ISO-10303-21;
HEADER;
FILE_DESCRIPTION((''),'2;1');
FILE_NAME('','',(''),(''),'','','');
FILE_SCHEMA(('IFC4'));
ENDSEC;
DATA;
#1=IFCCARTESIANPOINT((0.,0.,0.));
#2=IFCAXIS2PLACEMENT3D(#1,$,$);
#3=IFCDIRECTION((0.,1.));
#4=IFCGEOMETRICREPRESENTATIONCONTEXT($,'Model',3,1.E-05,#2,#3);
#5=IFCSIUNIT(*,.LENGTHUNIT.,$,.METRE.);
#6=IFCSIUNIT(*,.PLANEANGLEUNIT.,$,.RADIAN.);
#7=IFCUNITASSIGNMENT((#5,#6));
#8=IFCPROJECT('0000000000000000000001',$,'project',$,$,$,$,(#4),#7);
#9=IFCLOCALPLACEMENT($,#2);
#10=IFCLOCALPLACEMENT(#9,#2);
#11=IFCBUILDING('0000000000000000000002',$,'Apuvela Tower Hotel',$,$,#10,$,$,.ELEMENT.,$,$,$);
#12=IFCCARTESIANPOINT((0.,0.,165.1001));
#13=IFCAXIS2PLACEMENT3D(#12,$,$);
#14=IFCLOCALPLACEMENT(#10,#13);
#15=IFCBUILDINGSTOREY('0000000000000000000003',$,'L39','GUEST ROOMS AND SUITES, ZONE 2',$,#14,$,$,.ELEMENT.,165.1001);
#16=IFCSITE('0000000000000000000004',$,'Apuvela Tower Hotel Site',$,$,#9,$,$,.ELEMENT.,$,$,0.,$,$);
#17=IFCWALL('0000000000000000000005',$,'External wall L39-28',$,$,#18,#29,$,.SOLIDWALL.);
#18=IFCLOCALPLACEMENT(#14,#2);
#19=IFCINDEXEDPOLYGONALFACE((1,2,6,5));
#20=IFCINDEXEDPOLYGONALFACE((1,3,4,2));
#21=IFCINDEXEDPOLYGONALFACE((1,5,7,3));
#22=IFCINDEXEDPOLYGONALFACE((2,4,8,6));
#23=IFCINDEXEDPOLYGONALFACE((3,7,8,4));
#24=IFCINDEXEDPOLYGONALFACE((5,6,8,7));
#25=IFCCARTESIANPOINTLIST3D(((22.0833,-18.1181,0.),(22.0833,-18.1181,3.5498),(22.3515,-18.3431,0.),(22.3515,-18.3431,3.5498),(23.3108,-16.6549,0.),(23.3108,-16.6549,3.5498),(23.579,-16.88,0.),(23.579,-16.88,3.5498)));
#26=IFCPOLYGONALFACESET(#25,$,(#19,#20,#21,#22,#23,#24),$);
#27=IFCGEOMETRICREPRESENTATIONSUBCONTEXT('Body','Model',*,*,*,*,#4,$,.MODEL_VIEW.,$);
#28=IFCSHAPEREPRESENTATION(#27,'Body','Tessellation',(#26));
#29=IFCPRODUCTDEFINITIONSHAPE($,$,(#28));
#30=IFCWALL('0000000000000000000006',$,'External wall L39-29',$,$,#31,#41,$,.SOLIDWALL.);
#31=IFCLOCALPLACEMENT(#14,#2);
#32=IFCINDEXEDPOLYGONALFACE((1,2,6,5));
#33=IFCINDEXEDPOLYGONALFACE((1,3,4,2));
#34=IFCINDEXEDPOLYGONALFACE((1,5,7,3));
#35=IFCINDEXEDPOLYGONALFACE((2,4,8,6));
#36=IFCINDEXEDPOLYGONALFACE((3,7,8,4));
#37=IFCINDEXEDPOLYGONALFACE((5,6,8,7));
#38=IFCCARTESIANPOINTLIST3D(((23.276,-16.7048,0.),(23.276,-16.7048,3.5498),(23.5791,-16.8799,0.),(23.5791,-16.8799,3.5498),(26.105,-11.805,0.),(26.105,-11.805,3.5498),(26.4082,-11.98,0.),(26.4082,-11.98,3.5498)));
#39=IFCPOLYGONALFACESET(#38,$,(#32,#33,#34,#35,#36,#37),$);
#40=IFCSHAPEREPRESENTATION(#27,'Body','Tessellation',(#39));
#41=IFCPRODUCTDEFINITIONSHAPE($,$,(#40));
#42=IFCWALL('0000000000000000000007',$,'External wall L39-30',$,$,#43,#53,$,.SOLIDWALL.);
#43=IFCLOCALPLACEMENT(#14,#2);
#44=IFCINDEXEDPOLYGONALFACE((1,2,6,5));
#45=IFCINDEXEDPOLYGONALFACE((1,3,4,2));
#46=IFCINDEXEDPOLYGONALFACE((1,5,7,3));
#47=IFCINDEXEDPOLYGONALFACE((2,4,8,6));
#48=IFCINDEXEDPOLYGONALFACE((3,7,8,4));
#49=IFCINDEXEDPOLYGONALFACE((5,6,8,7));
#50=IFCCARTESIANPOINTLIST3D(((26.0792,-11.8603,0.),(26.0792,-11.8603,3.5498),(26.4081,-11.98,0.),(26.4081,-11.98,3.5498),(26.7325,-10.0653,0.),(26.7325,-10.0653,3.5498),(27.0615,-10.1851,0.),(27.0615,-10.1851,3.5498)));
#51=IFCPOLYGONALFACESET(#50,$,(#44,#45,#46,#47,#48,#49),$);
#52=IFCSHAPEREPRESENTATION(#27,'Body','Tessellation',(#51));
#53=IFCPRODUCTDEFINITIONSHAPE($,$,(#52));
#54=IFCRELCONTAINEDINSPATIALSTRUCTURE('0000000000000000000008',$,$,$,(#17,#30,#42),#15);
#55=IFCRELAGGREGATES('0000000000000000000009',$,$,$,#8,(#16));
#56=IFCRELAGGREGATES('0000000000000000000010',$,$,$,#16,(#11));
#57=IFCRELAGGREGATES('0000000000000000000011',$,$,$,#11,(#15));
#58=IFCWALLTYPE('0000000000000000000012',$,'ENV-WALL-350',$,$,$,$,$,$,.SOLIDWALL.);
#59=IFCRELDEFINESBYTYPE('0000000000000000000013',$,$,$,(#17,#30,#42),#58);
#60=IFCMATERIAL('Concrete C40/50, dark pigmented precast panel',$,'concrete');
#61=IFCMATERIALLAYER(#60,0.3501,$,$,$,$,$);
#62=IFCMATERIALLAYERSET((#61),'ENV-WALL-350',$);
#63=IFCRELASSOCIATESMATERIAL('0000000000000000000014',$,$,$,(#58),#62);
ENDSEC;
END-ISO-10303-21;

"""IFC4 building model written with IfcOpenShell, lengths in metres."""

from ifc_helpers import new_model, si_unit, direction, frame, frame_2d, origin, place, context, subcontext, project, spatial, rectangle, extrude, material, layer, layer_set, type_object, element, save


model = new_model("IFC4")

# Units and contexts
model_context = context("Model", 3, precision=1e-05, world=origin(), true_north=direction((0.0, 1.0)))
body_context = subcontext(model_context, "Body", "Model", "MODEL_VIEW")
ifc_project = project(units=[si_unit("LENGTHUNIT", "METRE"), si_unit("PLANEANGLEUNIT", "RADIAN")], contexts=[model_context])

# Site, building, storey
site_placement = place(None, origin())
site = spatial("IfcSite", under=ifc_project, at=site_placement, Name="Apuvela Tower Hotel Site", CompositionType="ELEMENT", RefElevation=0.0)
building_placement = place(site_placement, origin())
building = spatial("IfcBuilding", under=site, at=building_placement, Name="Apuvela Tower Hotel", CompositionType="ELEMENT")
storey_placement = place(building_placement, frame((0.0, 0.0, 165.1001)))
storey = spatial("IfcBuildingStorey", under=building, at=storey_placement, Name="L39", Description="GUEST ROOMS AND SUITES, ZONE 2", CompositionType="ELEMENT", Elevation=165.1001)

# Shared definitions
ifc_material_1 = material(Name="Concrete C40/50, dark pigmented precast panel", Category="concrete")
ifc_layer_1 = layer(ifc_material_1, 0.3501)
ifc_layer_set_1 = layer_set([ifc_layer_1], Name="ENV-WALL-350")
wall_type_1 = type_object("IfcWallType", Name="ENV-WALL-350", PredefinedType="SOLIDWALL", material=ifc_layer_set_1)

# Walls
for number, where, z_axis, x_axis, name in (
    (1, (22.2173, -18.2307, 0.0), (0.0, 0.0, 1.0), (0.642733, 0.76609, 0.0), "External wall L39-28"),
):
    element("IfcWall", number, at=place(storey_placement, frame(where, z_axis=z_axis, x_axis=x_axis)), inside=storey, type_object=wall_type_1, Name=name, PredefinedType="SOLIDWALL", context=body_context, shape_type="SweptSolid", body=[
        extrude(rectangle(XDim=1.9099, YDim=0.3501, at=frame_2d((0.9551, 0.0))), origin(), (0.0, 0.0, 1.0), 3.5498),
    ])
wall_1_placement = place(storey_placement, frame((23.4275, -16.7925, 0.0), z_axis=(0.0, 0.0, 1.0), x_axis=(0.500019, 0.866015, 0.0)))
element("IfcWall", 2, at=wall_1_placement, inside=storey, type_object=wall_type_1, Name="External wall L39-29", PredefinedType="SOLIDWALL", context=body_context, shape_type="SweptSolid", body=[
    extrude(rectangle(XDim=5.658, YDim=0.3501, at=frame_2d((2.8291, 0.0))), origin(), (0.0, 0.0, 1.0), 3.5498),
])
wall_2_placement = place(storey_placement, frame((26.2437, -11.9202, 0.0), z_axis=(0.0, 0.0, 1.0), x_axis=(0.34203, 0.939689, 0.0)))
element("IfcWall", 3, at=wall_2_placement, inside=storey, type_object=wall_type_1, Name="External wall L39-30", PredefinedType="SOLIDWALL", context=body_context, shape_type="SweptSolid", body=[
    extrude(rectangle(XDim=1.9102, YDim=0.3501, at=frame_2d((0.9551, 0.0))), origin(), (0.0, 0.0, 1.0), 3.5498),
])

save(model, "model.ifc")
